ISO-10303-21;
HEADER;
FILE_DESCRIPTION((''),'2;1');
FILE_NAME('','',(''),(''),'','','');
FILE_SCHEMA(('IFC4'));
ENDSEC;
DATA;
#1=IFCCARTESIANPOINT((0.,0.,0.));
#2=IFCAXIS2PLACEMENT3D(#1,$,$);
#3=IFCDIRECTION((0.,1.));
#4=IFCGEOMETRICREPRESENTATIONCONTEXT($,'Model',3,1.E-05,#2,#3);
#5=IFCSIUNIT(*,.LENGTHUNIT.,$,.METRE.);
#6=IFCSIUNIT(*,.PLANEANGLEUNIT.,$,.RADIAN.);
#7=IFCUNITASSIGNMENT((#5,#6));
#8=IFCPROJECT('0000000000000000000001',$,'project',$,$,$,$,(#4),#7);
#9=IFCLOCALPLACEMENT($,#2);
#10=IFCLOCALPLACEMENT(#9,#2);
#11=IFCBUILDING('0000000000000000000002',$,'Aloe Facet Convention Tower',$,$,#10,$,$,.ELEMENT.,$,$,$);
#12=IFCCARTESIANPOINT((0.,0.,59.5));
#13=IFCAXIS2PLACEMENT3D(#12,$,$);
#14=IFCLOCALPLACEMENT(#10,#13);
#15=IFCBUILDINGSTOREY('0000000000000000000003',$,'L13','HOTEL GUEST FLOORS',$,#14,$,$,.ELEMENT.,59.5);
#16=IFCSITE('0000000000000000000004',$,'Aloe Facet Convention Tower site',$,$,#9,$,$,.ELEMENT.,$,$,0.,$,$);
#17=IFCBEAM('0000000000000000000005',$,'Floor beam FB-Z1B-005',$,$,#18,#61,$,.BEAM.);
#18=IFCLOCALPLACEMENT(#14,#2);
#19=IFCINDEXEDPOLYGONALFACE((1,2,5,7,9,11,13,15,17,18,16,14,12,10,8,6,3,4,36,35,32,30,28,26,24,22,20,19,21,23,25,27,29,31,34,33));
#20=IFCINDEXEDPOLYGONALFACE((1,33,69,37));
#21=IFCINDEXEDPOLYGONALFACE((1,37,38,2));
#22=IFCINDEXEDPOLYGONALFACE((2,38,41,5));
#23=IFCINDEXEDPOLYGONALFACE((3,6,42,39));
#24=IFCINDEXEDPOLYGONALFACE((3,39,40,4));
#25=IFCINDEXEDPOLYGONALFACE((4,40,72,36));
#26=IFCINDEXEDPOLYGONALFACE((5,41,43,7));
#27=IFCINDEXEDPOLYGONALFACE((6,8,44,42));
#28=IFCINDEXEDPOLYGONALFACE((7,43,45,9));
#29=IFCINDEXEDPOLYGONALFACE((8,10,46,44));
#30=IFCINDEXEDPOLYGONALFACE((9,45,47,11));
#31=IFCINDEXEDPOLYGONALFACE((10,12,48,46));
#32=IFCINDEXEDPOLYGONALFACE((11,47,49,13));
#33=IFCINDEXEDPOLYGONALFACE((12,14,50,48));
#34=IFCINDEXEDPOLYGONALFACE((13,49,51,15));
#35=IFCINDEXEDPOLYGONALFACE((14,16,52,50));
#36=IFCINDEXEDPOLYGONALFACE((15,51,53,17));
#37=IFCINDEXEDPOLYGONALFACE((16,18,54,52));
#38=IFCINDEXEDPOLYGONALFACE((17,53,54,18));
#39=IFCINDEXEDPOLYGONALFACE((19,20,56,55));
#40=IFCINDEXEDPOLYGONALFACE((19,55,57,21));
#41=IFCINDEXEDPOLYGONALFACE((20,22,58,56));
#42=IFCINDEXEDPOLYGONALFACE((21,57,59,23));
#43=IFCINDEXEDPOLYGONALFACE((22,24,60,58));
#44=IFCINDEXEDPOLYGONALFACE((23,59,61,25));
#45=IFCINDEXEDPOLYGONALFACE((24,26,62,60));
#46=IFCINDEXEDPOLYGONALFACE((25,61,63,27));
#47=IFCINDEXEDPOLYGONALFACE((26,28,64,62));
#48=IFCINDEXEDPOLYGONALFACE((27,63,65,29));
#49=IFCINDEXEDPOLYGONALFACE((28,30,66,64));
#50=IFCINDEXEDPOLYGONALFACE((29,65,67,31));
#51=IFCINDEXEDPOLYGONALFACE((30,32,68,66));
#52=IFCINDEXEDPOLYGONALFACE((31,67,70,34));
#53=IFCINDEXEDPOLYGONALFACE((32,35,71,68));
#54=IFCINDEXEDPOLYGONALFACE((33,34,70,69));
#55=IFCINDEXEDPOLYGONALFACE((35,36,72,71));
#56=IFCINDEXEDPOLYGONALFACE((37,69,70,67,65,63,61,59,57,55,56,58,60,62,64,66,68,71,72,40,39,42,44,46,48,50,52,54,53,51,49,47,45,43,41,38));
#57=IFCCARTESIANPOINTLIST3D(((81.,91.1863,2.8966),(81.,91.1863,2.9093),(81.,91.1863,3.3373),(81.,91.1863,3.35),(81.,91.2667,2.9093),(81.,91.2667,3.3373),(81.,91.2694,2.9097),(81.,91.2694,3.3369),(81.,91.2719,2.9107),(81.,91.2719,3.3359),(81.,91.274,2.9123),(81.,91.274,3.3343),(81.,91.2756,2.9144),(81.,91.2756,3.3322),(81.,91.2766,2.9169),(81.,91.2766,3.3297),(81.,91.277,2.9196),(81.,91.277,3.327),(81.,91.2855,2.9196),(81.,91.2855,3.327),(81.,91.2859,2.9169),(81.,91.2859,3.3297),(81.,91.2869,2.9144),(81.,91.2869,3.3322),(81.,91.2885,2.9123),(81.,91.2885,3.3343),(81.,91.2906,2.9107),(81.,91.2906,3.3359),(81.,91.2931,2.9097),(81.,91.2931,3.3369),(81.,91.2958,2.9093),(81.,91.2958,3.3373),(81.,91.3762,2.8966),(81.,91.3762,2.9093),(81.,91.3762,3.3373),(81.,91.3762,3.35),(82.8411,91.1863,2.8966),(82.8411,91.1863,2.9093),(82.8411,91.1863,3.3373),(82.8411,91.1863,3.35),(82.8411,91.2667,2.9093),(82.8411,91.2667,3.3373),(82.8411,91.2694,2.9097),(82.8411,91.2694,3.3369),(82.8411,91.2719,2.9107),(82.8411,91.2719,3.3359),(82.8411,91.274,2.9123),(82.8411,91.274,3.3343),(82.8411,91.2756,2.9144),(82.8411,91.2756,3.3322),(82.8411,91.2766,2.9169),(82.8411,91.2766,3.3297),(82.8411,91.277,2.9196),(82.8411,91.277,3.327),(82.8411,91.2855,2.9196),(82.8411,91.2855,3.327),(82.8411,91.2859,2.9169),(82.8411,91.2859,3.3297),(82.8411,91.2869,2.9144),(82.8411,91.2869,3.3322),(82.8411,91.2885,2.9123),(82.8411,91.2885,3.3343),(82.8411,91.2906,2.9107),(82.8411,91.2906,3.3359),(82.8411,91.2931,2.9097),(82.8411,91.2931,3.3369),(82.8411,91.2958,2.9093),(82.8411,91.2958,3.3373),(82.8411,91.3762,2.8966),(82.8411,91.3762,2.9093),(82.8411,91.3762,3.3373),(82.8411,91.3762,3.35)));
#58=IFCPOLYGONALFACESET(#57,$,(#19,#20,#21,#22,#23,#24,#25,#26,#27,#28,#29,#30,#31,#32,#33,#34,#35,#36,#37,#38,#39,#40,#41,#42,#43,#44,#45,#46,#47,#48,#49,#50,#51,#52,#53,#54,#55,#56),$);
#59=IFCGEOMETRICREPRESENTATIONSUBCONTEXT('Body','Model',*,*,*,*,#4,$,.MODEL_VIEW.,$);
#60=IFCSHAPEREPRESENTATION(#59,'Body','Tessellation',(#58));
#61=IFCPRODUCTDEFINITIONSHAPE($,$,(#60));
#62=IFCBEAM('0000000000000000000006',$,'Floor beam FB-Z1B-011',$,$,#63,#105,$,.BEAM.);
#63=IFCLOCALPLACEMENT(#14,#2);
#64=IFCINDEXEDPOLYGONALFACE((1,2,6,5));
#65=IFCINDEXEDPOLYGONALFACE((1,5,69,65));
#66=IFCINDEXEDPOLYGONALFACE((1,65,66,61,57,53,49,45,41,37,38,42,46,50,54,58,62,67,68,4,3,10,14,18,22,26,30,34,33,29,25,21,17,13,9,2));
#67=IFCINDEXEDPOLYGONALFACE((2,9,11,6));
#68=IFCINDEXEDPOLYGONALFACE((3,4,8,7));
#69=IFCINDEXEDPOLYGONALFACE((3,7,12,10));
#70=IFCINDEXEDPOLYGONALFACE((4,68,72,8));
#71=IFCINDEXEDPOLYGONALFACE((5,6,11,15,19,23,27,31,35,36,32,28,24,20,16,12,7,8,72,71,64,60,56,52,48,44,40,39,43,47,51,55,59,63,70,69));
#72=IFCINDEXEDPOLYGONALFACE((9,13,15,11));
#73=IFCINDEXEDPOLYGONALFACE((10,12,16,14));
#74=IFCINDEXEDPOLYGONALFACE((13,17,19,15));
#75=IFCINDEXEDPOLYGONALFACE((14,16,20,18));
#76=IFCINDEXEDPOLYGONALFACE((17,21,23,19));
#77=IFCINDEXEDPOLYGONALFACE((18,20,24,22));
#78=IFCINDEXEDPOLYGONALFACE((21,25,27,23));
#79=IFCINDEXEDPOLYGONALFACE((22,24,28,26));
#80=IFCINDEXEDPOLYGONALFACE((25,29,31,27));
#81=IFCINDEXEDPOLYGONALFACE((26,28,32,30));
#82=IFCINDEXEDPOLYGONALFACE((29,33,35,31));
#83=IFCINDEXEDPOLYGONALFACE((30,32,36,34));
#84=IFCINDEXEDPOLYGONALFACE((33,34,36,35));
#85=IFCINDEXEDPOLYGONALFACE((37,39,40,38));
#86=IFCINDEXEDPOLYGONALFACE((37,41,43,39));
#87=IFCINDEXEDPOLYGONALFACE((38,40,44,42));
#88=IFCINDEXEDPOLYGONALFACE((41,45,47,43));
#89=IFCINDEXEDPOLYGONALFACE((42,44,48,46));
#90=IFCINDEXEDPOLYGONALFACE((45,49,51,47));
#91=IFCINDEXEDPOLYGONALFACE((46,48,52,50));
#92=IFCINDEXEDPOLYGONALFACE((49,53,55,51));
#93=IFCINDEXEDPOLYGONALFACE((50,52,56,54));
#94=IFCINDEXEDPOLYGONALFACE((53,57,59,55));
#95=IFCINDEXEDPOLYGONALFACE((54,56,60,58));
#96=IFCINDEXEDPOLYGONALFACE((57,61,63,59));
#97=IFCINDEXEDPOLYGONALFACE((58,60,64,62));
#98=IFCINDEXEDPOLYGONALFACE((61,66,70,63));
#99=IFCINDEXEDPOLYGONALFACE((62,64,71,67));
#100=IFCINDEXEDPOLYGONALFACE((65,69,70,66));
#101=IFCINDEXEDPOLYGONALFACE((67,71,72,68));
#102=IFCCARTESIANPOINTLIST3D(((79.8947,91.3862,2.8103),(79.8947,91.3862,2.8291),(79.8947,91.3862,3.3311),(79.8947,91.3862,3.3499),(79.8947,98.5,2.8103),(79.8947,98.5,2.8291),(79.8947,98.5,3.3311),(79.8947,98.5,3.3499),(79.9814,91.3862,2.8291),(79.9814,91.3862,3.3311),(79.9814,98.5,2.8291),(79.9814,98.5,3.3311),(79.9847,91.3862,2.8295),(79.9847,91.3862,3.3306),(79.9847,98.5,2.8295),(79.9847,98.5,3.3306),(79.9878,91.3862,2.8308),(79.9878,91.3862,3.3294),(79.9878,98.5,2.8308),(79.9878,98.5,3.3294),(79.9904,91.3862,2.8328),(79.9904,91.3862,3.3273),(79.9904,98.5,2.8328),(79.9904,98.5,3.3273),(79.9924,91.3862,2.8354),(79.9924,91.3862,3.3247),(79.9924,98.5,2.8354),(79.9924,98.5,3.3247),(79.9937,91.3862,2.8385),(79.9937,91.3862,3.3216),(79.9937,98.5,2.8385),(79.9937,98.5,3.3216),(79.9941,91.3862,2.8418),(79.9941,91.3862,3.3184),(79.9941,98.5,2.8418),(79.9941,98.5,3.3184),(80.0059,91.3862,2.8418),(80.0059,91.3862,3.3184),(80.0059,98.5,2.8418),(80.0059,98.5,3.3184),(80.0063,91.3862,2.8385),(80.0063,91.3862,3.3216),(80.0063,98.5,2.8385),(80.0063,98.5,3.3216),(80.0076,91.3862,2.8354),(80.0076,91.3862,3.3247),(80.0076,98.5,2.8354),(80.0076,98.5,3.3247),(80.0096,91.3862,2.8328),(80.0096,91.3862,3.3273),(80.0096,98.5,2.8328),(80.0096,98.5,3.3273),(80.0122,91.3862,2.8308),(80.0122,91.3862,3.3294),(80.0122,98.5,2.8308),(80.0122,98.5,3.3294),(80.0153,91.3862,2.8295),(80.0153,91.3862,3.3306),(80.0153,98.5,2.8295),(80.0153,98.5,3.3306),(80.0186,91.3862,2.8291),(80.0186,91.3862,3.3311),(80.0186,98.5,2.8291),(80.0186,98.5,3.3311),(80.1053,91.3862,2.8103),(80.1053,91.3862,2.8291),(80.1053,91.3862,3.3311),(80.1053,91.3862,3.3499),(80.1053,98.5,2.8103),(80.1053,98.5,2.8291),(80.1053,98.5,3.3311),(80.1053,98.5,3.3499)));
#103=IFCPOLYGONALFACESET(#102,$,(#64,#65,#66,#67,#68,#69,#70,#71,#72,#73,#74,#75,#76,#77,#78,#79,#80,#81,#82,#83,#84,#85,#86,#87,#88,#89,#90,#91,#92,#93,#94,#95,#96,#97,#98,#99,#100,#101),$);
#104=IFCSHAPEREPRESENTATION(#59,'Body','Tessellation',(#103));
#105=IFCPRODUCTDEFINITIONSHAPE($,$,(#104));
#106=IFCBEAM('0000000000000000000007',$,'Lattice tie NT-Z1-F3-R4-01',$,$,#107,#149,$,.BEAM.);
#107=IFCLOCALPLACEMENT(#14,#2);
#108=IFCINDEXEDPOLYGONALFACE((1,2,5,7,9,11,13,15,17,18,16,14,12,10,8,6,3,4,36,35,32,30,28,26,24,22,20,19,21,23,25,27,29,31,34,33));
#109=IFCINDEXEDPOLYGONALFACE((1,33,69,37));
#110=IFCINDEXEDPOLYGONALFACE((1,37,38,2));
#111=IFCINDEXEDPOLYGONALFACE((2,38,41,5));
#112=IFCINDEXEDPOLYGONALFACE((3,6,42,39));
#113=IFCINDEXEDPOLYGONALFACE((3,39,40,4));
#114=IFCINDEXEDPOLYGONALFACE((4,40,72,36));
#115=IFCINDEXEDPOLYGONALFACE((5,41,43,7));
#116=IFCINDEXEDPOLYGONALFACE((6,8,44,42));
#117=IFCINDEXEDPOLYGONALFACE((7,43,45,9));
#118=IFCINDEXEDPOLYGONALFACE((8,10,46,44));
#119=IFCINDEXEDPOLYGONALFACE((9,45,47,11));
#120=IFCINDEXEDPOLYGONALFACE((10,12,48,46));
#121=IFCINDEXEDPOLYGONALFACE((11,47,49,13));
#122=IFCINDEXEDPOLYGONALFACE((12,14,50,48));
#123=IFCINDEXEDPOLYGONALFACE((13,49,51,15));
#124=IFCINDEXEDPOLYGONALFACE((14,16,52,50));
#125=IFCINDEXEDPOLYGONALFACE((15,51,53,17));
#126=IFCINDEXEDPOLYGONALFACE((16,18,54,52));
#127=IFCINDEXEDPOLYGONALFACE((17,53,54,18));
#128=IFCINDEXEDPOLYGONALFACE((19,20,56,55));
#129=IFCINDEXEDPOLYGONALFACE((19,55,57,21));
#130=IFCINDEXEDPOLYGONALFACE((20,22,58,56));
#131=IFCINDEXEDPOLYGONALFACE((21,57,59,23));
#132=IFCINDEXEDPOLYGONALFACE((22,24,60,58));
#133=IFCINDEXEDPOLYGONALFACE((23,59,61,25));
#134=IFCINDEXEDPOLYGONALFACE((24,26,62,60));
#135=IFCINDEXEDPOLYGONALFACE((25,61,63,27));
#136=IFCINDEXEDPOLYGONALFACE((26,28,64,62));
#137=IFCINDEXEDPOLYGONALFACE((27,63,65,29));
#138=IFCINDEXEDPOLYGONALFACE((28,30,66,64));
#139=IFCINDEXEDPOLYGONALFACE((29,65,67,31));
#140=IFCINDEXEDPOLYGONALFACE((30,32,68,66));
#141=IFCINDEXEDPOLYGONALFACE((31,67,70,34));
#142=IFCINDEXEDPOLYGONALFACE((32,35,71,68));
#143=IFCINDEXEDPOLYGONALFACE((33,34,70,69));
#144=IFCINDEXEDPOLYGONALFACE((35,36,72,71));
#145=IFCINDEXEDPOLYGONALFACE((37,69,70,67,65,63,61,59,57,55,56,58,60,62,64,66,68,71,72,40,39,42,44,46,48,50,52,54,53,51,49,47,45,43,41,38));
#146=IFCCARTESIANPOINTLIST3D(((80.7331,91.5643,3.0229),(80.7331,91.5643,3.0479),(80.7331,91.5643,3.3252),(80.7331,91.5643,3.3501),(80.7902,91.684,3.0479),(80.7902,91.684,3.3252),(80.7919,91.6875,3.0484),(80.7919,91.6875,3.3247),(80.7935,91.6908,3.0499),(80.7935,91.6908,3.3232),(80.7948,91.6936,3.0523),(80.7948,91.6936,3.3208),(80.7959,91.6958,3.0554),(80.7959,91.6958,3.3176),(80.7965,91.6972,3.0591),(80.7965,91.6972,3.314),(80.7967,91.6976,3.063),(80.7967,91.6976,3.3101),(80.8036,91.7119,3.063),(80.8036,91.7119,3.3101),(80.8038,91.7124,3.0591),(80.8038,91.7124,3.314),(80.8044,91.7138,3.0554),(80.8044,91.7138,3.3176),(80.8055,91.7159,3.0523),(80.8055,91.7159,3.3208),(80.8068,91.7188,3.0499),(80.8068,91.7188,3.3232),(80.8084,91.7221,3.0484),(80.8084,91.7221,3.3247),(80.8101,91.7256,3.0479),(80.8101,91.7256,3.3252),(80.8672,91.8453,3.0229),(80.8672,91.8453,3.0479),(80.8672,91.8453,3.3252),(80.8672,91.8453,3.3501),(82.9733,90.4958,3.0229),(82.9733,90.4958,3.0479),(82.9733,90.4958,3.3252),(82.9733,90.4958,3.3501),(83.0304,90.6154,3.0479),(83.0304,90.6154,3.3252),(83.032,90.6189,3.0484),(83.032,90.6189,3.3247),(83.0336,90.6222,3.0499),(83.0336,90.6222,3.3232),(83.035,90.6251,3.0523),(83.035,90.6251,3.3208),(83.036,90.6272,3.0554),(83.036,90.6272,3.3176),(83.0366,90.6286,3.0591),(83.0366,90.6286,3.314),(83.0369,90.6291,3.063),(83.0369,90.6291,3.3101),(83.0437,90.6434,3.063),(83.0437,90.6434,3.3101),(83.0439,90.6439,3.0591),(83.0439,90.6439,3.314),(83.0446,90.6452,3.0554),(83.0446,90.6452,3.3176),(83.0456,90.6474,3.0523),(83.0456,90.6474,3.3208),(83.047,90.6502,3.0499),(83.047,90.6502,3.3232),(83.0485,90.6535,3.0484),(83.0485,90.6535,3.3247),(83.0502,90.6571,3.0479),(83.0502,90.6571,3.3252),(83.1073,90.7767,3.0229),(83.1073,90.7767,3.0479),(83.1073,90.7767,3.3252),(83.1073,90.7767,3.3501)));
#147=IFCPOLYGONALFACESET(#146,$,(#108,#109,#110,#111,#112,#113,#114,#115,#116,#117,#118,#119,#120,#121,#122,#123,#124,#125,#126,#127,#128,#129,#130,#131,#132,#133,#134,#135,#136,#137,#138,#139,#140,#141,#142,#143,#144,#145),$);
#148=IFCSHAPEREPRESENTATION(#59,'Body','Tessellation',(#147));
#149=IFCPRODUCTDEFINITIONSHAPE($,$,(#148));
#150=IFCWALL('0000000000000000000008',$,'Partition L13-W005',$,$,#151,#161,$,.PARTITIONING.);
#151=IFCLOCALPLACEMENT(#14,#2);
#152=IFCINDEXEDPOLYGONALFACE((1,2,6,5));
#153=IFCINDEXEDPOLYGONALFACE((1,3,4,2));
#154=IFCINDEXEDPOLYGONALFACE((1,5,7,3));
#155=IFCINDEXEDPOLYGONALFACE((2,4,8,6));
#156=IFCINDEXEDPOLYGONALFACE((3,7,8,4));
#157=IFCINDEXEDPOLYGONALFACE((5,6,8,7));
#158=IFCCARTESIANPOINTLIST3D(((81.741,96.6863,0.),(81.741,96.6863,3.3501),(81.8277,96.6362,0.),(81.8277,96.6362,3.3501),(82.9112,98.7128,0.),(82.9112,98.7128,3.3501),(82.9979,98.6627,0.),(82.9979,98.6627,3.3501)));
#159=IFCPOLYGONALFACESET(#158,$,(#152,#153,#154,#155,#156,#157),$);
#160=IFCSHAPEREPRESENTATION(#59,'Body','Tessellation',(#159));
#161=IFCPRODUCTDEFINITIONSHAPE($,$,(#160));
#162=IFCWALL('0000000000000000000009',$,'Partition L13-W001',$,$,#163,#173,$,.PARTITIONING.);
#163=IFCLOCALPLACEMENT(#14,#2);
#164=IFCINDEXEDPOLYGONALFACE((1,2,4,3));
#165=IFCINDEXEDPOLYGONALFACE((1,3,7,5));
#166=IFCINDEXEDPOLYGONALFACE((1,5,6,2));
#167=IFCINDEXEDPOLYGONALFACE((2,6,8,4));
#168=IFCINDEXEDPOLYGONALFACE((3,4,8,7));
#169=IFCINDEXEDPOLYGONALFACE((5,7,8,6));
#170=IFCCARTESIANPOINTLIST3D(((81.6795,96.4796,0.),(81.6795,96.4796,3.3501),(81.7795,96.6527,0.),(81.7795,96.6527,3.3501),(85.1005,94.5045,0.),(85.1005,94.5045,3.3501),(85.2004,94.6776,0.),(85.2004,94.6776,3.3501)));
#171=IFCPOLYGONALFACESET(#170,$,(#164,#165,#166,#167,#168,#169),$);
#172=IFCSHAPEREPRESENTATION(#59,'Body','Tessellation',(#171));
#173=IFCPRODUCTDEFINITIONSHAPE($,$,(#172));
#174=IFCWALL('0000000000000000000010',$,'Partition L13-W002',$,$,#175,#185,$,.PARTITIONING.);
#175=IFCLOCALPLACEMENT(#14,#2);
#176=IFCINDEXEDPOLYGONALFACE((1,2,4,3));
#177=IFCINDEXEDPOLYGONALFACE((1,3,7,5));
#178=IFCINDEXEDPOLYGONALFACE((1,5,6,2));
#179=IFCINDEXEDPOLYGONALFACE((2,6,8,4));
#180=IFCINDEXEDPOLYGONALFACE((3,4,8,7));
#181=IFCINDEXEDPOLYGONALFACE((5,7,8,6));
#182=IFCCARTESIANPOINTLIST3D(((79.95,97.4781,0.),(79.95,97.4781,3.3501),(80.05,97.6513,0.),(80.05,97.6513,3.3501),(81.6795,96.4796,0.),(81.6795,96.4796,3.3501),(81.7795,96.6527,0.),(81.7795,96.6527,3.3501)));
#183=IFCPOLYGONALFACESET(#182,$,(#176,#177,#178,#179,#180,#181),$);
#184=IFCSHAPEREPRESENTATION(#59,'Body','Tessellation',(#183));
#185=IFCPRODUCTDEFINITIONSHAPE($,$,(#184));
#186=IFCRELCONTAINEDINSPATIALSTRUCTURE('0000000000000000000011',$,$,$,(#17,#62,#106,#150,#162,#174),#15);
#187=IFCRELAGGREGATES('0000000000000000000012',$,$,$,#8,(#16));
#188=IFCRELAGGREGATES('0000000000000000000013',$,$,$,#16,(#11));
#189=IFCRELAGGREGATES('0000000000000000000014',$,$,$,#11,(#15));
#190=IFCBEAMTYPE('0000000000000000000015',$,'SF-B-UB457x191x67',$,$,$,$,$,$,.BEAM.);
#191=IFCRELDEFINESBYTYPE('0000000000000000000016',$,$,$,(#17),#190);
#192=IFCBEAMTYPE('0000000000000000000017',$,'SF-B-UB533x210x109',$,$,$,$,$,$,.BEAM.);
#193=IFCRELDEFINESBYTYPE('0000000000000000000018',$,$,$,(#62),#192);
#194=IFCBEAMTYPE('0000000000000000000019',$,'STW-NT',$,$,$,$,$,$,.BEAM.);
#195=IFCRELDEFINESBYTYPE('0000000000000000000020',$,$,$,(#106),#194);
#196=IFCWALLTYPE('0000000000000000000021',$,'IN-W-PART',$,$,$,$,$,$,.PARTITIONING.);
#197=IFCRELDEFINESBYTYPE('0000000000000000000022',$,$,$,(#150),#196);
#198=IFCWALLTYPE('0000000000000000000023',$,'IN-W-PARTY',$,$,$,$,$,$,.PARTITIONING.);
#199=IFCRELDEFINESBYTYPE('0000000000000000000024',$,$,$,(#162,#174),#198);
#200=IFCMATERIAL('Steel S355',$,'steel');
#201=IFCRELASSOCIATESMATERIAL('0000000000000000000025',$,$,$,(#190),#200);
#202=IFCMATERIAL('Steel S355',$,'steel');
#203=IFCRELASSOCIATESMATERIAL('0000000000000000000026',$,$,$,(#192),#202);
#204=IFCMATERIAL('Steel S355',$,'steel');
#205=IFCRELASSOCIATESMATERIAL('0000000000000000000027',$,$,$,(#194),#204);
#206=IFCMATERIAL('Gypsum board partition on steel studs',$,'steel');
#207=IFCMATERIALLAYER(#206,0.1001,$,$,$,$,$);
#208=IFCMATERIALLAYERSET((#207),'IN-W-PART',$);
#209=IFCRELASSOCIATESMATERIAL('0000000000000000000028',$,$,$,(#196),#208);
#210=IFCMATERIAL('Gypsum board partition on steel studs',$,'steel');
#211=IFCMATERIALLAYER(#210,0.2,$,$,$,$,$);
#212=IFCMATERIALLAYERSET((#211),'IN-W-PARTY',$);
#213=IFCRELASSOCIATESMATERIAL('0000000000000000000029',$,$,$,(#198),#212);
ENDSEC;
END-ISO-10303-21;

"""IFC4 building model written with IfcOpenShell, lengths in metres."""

from ifc_helpers import new_model, si_unit, direction, frame, frame_2d, origin, origin_2d, place, context, subcontext, project, spatial, rectangle, i_section, extrude, material, layer, layer_set, material_profile, profile_set, type_object, element, save


model = new_model("IFC4")

# Units and contexts
model_context = context("Model", 3, precision=1e-05, world=origin(), true_north=direction((0.0, 1.0)))
body_context = subcontext(model_context, "Body", "Model", "MODEL_VIEW")
ifc_project = project(units=[si_unit("LENGTHUNIT", "METRE"), si_unit("PLANEANGLEUNIT", "RADIAN")], contexts=[model_context])

# Site, building, storey
site_placement = place(None, origin())
site = spatial("IfcSite", under=ifc_project, at=site_placement, Name="Aloe Facet Convention Tower site", CompositionType="ELEMENT", RefElevation=0.0)
building_placement = place(site_placement, origin())
building = spatial("IfcBuilding", under=site, at=building_placement, Name="Aloe Facet Convention Tower", CompositionType="ELEMENT")
storey_placement = place(building_placement, frame((0.0, 0.0, 59.5)))
storey = spatial("IfcBuildingStorey", under=building, at=storey_placement, Name="L13", Description="HOTEL GUEST FLOORS", CompositionType="ELEMENT", Elevation=59.5)

# Beams
ifc_material_1 = material(Name="Steel S355", Category="steel")
ifc_material_profile_1 = material_profile(ifc_material_1, i_section(OverallWidth=0.1899, OverallDepth=0.4534, WebThickness=0.0085, FlangeThickness=0.0127, FilletRadius=0.0103, at=origin_2d()), Name="UB 457x191x67")
ifc_profile_set_1 = profile_set([ifc_material_profile_1], Name="Steel S355")
beam_type_1 = type_object("IfcBeamType", Name="SF-B-UB457x191x67", PredefinedType="BEAM", material=ifc_profile_set_1)
for number, where, z_axis, x_axis, name in (
    (1, (82.8411, 91.2812, 3.1233), (-1.0, 0.0, 0.0), (0.0, -1.0, 0.0), "Floor beam FB-Z1B-005"),
):
    element("IfcBeam", number, at=place(storey_placement, frame(where, z_axis=z_axis, x_axis=x_axis)), inside=storey, type_object=beam_type_1, Name=name, PredefinedType="BEAM", context=body_context, shape_type="SweptSolid", body=[
        extrude(i_section(OverallWidth=0.1899, OverallDepth=0.4534, WebThickness=0.0085, FlangeThickness=0.0127, FilletRadius=0.0103, at=origin_2d()), origin(), (0.0, 0.0, 1.0), 1.8411),
    ])
ifc_material_2 = material(Name="Steel S355", Category="steel")
ifc_material_profile_2 = material_profile(ifc_material_2, i_section(OverallWidth=0.2107, OverallDepth=0.5396, WebThickness=0.0117, FlangeThickness=0.0188, FilletRadius=0.0127, at=origin_2d()), Name="UB 533x210x109")
ifc_profile_set_2 = profile_set([ifc_material_profile_2], Name="Steel S355")
beam_type_2 = type_object("IfcBeamType", Name="SF-B-UB533x210x109", PredefinedType="BEAM", material=ifc_profile_set_2)
beam_1_placement = place(storey_placement, frame((80.0, 98.5, 3.0801), z_axis=(0.0, -1.0, 0.0), x_axis=(1.0, 0.0, 0.0)))
element("IfcBeam", 2, at=beam_1_placement, inside=storey, type_object=beam_type_2, Name="Floor beam FB-Z1B-011", PredefinedType="BEAM", context=body_context, shape_type="SweptSolid", body=[
    extrude(i_section(OverallWidth=0.2107, OverallDepth=0.5396, WebThickness=0.0117, FlangeThickness=0.0188, FilletRadius=0.0127, at=origin_2d()), origin(), (0.0, 0.0, 1.0), 7.1138),
])
ifc_material_3 = material(Name="Steel S355", Category="steel")
ifc_material_profile_3 = material_profile(ifc_material_3, i_section(OverallWidth=0.3113, OverallDepth=0.3271, WebThickness=0.0159, FlangeThickness=0.0249, FilletRadius=0.0151, at=origin_2d()), Name="UC 305x305x158")
ifc_profile_set_3 = profile_set([ifc_material_profile_3], Name="Steel S355")
beam_type_3 = type_object("IfcBeamType", Name="STW-NT", PredefinedType="BEAM", material=ifc_profile_set_3)
beam_2_placement = place(storey_placement, frame((83.0403, 90.6362, 3.1865), z_axis=(-0.902575, 0.430533, 0.0), x_axis=(-0.430533, -0.902575, 0.0)))
element("IfcBeam", 3, at=beam_2_placement, inside=storey, type_object=beam_type_3, Name="Lattice tie NT-Z1-F3-R4-01", PredefinedType="BEAM", context=body_context, shape_type="SweptSolid", body=[
    extrude(i_section(OverallWidth=0.3113, OverallDepth=0.3271, WebThickness=0.0159, FlangeThickness=0.0249, FilletRadius=0.0151, at=origin_2d()), origin(), (0.0, 0.0, 1.0), 2.4819),
])

# Walls
ifc_material_4 = material(Name="Gypsum board partition on steel studs", Category="steel")
ifc_layer_1 = layer(ifc_material_4, 0.1001)
ifc_layer_set_1 = layer_set([ifc_layer_1], Name="IN-W-PART")
wall_type_1 = type_object("IfcWallType", Name="IN-W-PART", PredefinedType="PARTITIONING", material=ifc_layer_set_1)
wall_1_placement = place(storey_placement, frame((81.7844, 96.6614, 0.0), z_axis=(0.0, 0.0, 1.0), x_axis=(0.500078, 0.865981, 0.0)))
element("IfcWall", 4, at=wall_1_placement, inside=storey, type_object=wall_type_1, Name="Partition L13-W005", PredefinedType="PARTITIONING", context=body_context, shape_type="SweptSolid", body=[
    extrude(rectangle(XDim=2.3401, YDim=0.1001, at=frame_2d((1.1699, 0.0))), origin(), (0.0, 0.0, 1.0), 3.3501),
])
ifc_material_5 = material(Name="Gypsum board partition on steel studs", Category="steel")
ifc_layer_2 = layer(ifc_material_5, 0.2)
ifc_layer_set_2 = layer_set([ifc_layer_2], Name="IN-W-PARTY")
wall_type_2 = type_object("IfcWallType", Name="IN-W-PARTY", PredefinedType="PARTITIONING", material=ifc_layer_set_2)
wall_2_placement = place(storey_placement, frame((81.7295, 96.5662, 0.0), z_axis=(0.0, 0.0, 1.0), x_axis=(0.866021, -0.500008, 0.0)))
element("IfcWall", 5, at=wall_2_placement, inside=storey, type_object=wall_type_2, Name="Partition L13-W001", PredefinedType="PARTITIONING", context=body_context, shape_type="SweptSolid", body=[
    extrude(rectangle(XDim=3.9502, YDim=0.2, at=frame_2d((1.9751, 0.0))), origin(), (0.0, 0.0, 1.0), 3.3501),
])
wall_3_placement = place(storey_placement, frame((80.0, 97.5647, 0.0), z_axis=(0.0, 0.0, 1.0), x_axis=(0.866023, -0.500005, 0.0)))
element("IfcWall", 6, at=wall_3_placement, inside=storey, type_object=wall_type_2, Name="Partition L13-W002", PredefinedType="PARTITIONING", context=body_context, shape_type="SweptSolid", body=[
    extrude(rectangle(XDim=1.9971, YDim=0.2, at=frame_2d((0.9985, 0.0))), origin(), (0.0, 0.0, 1.0), 3.3501),
])

save(model, "model.ifc")
